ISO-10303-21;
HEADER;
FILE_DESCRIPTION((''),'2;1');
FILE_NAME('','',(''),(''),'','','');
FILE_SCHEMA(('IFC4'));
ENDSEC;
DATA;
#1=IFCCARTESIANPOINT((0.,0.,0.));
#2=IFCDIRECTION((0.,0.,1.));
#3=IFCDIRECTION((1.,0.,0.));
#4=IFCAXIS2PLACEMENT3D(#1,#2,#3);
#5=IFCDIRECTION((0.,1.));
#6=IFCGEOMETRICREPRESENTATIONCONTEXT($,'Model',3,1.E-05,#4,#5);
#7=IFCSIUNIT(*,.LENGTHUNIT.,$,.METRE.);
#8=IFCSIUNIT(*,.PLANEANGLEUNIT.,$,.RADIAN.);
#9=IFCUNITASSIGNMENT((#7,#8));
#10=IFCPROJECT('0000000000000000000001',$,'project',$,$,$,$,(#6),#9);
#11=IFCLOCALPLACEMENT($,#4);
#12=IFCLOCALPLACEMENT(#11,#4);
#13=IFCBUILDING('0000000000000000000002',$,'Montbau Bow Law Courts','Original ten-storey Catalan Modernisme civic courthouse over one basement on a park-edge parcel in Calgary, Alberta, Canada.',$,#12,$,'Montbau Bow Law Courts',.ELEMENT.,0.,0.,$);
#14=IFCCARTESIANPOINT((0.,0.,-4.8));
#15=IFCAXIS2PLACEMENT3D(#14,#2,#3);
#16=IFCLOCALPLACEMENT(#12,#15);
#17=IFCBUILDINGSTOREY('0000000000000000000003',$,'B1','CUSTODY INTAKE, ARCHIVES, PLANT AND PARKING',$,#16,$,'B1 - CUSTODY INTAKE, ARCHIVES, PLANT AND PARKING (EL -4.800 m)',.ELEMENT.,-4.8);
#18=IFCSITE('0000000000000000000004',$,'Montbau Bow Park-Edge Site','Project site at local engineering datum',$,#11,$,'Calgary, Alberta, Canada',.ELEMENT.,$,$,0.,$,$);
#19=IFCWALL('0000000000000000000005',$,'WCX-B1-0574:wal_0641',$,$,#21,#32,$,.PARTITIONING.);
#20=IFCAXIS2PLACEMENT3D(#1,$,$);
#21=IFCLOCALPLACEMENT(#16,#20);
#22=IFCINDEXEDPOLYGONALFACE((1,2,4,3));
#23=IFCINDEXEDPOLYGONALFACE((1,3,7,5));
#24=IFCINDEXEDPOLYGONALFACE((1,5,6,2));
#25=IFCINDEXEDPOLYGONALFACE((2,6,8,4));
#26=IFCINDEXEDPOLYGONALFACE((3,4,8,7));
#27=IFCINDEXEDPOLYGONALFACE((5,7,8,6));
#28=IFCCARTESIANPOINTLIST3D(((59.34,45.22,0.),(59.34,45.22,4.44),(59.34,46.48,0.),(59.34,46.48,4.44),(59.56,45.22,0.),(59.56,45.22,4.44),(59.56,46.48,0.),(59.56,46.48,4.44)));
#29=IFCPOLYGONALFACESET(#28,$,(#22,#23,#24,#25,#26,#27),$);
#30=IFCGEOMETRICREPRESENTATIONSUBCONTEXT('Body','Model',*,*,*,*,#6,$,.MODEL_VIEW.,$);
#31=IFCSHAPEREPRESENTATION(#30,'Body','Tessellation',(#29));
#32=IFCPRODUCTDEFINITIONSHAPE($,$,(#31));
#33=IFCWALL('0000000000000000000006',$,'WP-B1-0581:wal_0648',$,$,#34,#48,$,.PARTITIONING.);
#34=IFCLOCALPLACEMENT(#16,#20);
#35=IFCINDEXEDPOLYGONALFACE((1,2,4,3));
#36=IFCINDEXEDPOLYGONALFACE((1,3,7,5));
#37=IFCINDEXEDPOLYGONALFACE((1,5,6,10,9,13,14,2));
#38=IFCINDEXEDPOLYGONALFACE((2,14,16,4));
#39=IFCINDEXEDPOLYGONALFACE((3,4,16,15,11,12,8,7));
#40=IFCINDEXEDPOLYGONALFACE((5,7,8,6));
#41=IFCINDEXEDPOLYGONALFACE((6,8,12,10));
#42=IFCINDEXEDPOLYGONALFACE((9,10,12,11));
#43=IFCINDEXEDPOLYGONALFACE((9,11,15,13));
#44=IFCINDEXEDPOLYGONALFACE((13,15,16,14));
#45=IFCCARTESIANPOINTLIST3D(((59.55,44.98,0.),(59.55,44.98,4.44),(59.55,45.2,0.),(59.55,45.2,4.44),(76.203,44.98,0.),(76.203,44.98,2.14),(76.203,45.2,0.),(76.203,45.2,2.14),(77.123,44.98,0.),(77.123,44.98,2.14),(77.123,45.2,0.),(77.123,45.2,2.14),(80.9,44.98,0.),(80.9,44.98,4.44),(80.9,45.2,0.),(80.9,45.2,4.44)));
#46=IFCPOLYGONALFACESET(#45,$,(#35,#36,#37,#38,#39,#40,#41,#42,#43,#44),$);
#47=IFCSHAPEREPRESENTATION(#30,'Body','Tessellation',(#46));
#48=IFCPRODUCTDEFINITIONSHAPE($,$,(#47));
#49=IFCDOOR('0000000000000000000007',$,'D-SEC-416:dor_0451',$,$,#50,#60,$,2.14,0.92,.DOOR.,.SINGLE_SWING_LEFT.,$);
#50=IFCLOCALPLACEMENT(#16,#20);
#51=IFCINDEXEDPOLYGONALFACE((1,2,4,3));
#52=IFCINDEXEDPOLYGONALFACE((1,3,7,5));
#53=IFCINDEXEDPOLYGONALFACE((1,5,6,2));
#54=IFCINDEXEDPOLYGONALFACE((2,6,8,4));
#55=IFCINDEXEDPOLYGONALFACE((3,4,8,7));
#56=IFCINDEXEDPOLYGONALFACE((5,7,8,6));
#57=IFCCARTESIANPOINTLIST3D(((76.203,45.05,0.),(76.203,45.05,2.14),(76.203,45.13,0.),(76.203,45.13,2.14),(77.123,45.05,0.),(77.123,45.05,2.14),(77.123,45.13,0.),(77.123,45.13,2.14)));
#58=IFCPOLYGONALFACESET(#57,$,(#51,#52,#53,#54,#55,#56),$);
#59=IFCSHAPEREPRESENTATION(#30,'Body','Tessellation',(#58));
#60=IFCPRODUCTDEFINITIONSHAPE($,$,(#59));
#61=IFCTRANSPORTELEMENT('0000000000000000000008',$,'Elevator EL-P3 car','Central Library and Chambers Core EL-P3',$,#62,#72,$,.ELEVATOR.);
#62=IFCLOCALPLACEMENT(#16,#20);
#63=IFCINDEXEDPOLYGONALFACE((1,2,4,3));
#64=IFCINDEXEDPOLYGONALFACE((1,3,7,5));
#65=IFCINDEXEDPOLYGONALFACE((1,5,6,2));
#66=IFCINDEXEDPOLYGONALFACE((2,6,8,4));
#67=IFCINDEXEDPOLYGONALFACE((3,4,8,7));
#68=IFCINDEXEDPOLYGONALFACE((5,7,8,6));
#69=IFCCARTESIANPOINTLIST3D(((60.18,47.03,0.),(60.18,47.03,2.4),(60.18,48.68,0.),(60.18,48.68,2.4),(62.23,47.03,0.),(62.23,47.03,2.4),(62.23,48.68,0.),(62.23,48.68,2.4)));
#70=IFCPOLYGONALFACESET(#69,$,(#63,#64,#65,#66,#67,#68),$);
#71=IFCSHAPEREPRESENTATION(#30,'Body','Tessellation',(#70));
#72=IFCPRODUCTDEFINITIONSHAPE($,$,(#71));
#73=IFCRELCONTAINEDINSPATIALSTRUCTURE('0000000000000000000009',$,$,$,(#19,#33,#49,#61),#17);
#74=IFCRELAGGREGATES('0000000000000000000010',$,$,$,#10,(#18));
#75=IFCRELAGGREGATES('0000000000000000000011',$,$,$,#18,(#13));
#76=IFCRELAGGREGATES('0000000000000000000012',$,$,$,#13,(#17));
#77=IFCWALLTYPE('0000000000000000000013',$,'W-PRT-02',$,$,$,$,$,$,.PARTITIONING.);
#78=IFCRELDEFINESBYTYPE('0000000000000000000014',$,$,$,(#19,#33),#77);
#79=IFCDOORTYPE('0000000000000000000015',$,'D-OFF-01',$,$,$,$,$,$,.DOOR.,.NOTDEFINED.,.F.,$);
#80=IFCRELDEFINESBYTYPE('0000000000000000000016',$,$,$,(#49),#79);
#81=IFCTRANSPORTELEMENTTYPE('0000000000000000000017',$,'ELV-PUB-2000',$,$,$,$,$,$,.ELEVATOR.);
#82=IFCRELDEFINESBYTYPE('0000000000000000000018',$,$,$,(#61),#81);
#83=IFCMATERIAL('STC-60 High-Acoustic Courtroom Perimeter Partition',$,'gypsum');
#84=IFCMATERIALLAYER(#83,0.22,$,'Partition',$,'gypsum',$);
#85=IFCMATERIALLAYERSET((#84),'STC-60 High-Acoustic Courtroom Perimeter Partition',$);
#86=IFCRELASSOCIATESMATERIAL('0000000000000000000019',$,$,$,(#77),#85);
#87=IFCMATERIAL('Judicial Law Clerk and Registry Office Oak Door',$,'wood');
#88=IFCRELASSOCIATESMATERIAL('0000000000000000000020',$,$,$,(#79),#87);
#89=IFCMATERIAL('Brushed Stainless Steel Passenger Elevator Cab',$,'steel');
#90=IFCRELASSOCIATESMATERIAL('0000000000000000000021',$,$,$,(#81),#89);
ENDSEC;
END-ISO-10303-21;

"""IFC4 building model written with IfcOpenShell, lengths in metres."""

from ifc_helpers import new_model, si_unit, direction, frame, frame_2d, origin_with_axes, origin_2d_with_axis, place, context, subcontext, project, spatial, rectangle, extrude, material, layer, layer_set, type_object, element, fill, save


model = new_model("IFC4")

# Units and contexts
model_context = context("Model", 3, precision=1e-05, world=origin_with_axes(), true_north=direction((0.0, 1.0)))
body_context = subcontext(model_context, "Body", "Model", "MODEL_VIEW")
ifc_project = project(units=[si_unit("LENGTHUNIT", "METRE"), si_unit("PLANEANGLEUNIT", "RADIAN")], contexts=[model_context])

# Site, building, storey
site_placement = place(None, origin_with_axes())
site = spatial("IfcSite", under=ifc_project, at=site_placement, Name="Montbau Bow Park-Edge Site", Description="Project site at local engineering datum", LongName="Calgary, Alberta, Canada", CompositionType="ELEMENT", RefElevation=0.0)
building_placement = place(site_placement, origin_with_axes())
building = spatial("IfcBuilding", under=site, at=building_placement, Name="Montbau Bow Law Courts", Description="Original ten-storey Catalan Modernisme civic courthouse over one basement on a park-edge parcel in Calgary, Alberta, Canada.", LongName="Montbau Bow Law Courts", CompositionType="ELEMENT", ElevationOfRefHeight=0.0, ElevationOfTerrain=0.0)
storey_placement = place(building_placement, frame((0.0, 0.0, -4.8), z_axis=(0.0, 0.0, 1.0), x_axis=(1.0, 0.0, 0.0)))
storey = spatial("IfcBuildingStorey", under=building, at=storey_placement, Name="B1", Description="CUSTODY INTAKE, ARCHIVES, PLANT AND PARKING", LongName="B1 - CUSTODY INTAKE, ARCHIVES, PLANT AND PARKING (EL -4.800 m)", CompositionType="ELEMENT", Elevation=-4.8)

# Wall
ifc_material_1 = material(Name="STC-60 High-Acoustic Courtroom Perimeter Partition", Category="gypsum")
ifc_layer_1 = layer(ifc_material_1, 0.22, Name="Partition", Category="gypsum")
ifc_layer_set_1 = layer_set([ifc_layer_1], Name="STC-60 High-Acoustic Courtroom Perimeter Partition")
wall_type_1 = type_object("IfcWallType", Name="W-PRT-02", PredefinedType="PARTITIONING", material=ifc_layer_set_1)
wall_1_placement = place(None, frame((59.45, 45.22, -4.8), z_axis=(0.0, 0.0, 1.0), x_axis=(0.0, 1.0, 0.0)))
element("IfcWall", 1, at=wall_1_placement, inside=storey, type_object=wall_type_1, Name="WCX-B1-0574:wal_0641", PredefinedType="PARTITIONING", context=body_context, shape_type="SweptSolid", body=[
    extrude(rectangle(XDim=1.26, YDim=0.22, at=frame_2d((0.63, 0.0), x_axis=(1.0, 0.0))), origin_with_axes(), (0.0, 0.0, 1.0), 4.44),
])

# Wall, opening, door
wall_2_placement = place(None, frame((59.55, 45.09, -4.8), z_axis=(0.0, 0.0, 1.0), x_axis=(1.0, 0.0, 0.0)))
wall_2 = element("IfcWall", 2, at=wall_2_placement, inside=storey, type_object=wall_type_1, Name="WP-B1-0581:wal_0648", PredefinedType="PARTITIONING", context=body_context, shape_type="SweptSolid", body=[
    extrude(rectangle(XDim=21.35, YDim=0.22, at=frame_2d((10.675, 0.0), x_axis=(1.0, 0.0))), origin_with_axes(), (0.0, 0.0, 1.0), 4.44),
])
opening_placement = place(None, frame((76.663, 45.09, -4.8), z_axis=(0.0, 0.0, 1.0), x_axis=(1.0, 0.0, 0.0)))
opening = element("IfcOpeningElement", 3, at=opening_placement, cuts=wall_2, PredefinedType="OPENING", context=body_context, shape_type="SweptSolid", body=[
    extrude(rectangle(XDim=0.92, YDim=2.14, at=frame_2d((0.0, 1.07), x_axis=(1.0, 0.0))), frame((0.0, 0.12, 0.0), z_axis=(0.0, -1.0, 0.0), x_axis=(1.0, 0.0, 0.0)), (0.0, 0.0, 1.0), 0.24),
])
ifc_material_2 = material(Name="Judicial Law Clerk and Registry Office Oak Door", Category="wood")
door_type = type_object("IfcDoorType", Name="D-OFF-01", OperationType="NOTDEFINED", ParameterTakesPrecedence=False, PredefinedType="DOOR", material=ifc_material_2)
door_placement = place(None, frame((76.663, 45.09, -4.8), z_axis=(0.0, 0.0, 1.0), x_axis=(1.0, 0.0, 0.0)))
door = element("IfcDoor", 4, at=door_placement, inside=storey, type_object=door_type, Name="D-SEC-416:dor_0451", OperationType="SINGLE_SWING_LEFT", OverallHeight=2.14, OverallWidth=0.92, PredefinedType="DOOR", context=body_context, shape_type="SweptSolid", body=[
    extrude(rectangle(XDim=0.92, YDim=2.14, at=frame_2d((0.0, 1.07), x_axis=(1.0, 0.0))), frame((0.0, 0.04, 0.0), z_axis=(0.0, -1.0, 0.0), x_axis=(1.0, 0.0, 0.0)), (0.0, 0.0, 1.0), 0.08),
])
fill(opening, door)

# Transport element
ifc_material_3 = material(Name="Brushed Stainless Steel Passenger Elevator Cab", Category="steel")
transport_element_type = type_object("IfcTransportElementType", Name="ELV-PUB-2000", PredefinedType="ELEVATOR", material=ifc_material_3)
transport_element_placement = place(None, frame((61.205, 47.855, -4.8), z_axis=(0.0, 0.0, 1.0), x_axis=(1.0, 0.0, 0.0)))
element("IfcTransportElement", 5, at=transport_element_placement, inside=storey, type_object=transport_element_type, Name="Elevator EL-P3 car", Description="Central Library and Chambers Core EL-P3", PredefinedType="ELEVATOR", context=body_context, shape_type="SweptSolid", body=[
    extrude(rectangle(XDim=2.05, YDim=1.65, at=origin_2d_with_axis()), origin_with_axes(), (0.0, 0.0, 1.0), 2.4),
])

save(model, "model.ifc")
